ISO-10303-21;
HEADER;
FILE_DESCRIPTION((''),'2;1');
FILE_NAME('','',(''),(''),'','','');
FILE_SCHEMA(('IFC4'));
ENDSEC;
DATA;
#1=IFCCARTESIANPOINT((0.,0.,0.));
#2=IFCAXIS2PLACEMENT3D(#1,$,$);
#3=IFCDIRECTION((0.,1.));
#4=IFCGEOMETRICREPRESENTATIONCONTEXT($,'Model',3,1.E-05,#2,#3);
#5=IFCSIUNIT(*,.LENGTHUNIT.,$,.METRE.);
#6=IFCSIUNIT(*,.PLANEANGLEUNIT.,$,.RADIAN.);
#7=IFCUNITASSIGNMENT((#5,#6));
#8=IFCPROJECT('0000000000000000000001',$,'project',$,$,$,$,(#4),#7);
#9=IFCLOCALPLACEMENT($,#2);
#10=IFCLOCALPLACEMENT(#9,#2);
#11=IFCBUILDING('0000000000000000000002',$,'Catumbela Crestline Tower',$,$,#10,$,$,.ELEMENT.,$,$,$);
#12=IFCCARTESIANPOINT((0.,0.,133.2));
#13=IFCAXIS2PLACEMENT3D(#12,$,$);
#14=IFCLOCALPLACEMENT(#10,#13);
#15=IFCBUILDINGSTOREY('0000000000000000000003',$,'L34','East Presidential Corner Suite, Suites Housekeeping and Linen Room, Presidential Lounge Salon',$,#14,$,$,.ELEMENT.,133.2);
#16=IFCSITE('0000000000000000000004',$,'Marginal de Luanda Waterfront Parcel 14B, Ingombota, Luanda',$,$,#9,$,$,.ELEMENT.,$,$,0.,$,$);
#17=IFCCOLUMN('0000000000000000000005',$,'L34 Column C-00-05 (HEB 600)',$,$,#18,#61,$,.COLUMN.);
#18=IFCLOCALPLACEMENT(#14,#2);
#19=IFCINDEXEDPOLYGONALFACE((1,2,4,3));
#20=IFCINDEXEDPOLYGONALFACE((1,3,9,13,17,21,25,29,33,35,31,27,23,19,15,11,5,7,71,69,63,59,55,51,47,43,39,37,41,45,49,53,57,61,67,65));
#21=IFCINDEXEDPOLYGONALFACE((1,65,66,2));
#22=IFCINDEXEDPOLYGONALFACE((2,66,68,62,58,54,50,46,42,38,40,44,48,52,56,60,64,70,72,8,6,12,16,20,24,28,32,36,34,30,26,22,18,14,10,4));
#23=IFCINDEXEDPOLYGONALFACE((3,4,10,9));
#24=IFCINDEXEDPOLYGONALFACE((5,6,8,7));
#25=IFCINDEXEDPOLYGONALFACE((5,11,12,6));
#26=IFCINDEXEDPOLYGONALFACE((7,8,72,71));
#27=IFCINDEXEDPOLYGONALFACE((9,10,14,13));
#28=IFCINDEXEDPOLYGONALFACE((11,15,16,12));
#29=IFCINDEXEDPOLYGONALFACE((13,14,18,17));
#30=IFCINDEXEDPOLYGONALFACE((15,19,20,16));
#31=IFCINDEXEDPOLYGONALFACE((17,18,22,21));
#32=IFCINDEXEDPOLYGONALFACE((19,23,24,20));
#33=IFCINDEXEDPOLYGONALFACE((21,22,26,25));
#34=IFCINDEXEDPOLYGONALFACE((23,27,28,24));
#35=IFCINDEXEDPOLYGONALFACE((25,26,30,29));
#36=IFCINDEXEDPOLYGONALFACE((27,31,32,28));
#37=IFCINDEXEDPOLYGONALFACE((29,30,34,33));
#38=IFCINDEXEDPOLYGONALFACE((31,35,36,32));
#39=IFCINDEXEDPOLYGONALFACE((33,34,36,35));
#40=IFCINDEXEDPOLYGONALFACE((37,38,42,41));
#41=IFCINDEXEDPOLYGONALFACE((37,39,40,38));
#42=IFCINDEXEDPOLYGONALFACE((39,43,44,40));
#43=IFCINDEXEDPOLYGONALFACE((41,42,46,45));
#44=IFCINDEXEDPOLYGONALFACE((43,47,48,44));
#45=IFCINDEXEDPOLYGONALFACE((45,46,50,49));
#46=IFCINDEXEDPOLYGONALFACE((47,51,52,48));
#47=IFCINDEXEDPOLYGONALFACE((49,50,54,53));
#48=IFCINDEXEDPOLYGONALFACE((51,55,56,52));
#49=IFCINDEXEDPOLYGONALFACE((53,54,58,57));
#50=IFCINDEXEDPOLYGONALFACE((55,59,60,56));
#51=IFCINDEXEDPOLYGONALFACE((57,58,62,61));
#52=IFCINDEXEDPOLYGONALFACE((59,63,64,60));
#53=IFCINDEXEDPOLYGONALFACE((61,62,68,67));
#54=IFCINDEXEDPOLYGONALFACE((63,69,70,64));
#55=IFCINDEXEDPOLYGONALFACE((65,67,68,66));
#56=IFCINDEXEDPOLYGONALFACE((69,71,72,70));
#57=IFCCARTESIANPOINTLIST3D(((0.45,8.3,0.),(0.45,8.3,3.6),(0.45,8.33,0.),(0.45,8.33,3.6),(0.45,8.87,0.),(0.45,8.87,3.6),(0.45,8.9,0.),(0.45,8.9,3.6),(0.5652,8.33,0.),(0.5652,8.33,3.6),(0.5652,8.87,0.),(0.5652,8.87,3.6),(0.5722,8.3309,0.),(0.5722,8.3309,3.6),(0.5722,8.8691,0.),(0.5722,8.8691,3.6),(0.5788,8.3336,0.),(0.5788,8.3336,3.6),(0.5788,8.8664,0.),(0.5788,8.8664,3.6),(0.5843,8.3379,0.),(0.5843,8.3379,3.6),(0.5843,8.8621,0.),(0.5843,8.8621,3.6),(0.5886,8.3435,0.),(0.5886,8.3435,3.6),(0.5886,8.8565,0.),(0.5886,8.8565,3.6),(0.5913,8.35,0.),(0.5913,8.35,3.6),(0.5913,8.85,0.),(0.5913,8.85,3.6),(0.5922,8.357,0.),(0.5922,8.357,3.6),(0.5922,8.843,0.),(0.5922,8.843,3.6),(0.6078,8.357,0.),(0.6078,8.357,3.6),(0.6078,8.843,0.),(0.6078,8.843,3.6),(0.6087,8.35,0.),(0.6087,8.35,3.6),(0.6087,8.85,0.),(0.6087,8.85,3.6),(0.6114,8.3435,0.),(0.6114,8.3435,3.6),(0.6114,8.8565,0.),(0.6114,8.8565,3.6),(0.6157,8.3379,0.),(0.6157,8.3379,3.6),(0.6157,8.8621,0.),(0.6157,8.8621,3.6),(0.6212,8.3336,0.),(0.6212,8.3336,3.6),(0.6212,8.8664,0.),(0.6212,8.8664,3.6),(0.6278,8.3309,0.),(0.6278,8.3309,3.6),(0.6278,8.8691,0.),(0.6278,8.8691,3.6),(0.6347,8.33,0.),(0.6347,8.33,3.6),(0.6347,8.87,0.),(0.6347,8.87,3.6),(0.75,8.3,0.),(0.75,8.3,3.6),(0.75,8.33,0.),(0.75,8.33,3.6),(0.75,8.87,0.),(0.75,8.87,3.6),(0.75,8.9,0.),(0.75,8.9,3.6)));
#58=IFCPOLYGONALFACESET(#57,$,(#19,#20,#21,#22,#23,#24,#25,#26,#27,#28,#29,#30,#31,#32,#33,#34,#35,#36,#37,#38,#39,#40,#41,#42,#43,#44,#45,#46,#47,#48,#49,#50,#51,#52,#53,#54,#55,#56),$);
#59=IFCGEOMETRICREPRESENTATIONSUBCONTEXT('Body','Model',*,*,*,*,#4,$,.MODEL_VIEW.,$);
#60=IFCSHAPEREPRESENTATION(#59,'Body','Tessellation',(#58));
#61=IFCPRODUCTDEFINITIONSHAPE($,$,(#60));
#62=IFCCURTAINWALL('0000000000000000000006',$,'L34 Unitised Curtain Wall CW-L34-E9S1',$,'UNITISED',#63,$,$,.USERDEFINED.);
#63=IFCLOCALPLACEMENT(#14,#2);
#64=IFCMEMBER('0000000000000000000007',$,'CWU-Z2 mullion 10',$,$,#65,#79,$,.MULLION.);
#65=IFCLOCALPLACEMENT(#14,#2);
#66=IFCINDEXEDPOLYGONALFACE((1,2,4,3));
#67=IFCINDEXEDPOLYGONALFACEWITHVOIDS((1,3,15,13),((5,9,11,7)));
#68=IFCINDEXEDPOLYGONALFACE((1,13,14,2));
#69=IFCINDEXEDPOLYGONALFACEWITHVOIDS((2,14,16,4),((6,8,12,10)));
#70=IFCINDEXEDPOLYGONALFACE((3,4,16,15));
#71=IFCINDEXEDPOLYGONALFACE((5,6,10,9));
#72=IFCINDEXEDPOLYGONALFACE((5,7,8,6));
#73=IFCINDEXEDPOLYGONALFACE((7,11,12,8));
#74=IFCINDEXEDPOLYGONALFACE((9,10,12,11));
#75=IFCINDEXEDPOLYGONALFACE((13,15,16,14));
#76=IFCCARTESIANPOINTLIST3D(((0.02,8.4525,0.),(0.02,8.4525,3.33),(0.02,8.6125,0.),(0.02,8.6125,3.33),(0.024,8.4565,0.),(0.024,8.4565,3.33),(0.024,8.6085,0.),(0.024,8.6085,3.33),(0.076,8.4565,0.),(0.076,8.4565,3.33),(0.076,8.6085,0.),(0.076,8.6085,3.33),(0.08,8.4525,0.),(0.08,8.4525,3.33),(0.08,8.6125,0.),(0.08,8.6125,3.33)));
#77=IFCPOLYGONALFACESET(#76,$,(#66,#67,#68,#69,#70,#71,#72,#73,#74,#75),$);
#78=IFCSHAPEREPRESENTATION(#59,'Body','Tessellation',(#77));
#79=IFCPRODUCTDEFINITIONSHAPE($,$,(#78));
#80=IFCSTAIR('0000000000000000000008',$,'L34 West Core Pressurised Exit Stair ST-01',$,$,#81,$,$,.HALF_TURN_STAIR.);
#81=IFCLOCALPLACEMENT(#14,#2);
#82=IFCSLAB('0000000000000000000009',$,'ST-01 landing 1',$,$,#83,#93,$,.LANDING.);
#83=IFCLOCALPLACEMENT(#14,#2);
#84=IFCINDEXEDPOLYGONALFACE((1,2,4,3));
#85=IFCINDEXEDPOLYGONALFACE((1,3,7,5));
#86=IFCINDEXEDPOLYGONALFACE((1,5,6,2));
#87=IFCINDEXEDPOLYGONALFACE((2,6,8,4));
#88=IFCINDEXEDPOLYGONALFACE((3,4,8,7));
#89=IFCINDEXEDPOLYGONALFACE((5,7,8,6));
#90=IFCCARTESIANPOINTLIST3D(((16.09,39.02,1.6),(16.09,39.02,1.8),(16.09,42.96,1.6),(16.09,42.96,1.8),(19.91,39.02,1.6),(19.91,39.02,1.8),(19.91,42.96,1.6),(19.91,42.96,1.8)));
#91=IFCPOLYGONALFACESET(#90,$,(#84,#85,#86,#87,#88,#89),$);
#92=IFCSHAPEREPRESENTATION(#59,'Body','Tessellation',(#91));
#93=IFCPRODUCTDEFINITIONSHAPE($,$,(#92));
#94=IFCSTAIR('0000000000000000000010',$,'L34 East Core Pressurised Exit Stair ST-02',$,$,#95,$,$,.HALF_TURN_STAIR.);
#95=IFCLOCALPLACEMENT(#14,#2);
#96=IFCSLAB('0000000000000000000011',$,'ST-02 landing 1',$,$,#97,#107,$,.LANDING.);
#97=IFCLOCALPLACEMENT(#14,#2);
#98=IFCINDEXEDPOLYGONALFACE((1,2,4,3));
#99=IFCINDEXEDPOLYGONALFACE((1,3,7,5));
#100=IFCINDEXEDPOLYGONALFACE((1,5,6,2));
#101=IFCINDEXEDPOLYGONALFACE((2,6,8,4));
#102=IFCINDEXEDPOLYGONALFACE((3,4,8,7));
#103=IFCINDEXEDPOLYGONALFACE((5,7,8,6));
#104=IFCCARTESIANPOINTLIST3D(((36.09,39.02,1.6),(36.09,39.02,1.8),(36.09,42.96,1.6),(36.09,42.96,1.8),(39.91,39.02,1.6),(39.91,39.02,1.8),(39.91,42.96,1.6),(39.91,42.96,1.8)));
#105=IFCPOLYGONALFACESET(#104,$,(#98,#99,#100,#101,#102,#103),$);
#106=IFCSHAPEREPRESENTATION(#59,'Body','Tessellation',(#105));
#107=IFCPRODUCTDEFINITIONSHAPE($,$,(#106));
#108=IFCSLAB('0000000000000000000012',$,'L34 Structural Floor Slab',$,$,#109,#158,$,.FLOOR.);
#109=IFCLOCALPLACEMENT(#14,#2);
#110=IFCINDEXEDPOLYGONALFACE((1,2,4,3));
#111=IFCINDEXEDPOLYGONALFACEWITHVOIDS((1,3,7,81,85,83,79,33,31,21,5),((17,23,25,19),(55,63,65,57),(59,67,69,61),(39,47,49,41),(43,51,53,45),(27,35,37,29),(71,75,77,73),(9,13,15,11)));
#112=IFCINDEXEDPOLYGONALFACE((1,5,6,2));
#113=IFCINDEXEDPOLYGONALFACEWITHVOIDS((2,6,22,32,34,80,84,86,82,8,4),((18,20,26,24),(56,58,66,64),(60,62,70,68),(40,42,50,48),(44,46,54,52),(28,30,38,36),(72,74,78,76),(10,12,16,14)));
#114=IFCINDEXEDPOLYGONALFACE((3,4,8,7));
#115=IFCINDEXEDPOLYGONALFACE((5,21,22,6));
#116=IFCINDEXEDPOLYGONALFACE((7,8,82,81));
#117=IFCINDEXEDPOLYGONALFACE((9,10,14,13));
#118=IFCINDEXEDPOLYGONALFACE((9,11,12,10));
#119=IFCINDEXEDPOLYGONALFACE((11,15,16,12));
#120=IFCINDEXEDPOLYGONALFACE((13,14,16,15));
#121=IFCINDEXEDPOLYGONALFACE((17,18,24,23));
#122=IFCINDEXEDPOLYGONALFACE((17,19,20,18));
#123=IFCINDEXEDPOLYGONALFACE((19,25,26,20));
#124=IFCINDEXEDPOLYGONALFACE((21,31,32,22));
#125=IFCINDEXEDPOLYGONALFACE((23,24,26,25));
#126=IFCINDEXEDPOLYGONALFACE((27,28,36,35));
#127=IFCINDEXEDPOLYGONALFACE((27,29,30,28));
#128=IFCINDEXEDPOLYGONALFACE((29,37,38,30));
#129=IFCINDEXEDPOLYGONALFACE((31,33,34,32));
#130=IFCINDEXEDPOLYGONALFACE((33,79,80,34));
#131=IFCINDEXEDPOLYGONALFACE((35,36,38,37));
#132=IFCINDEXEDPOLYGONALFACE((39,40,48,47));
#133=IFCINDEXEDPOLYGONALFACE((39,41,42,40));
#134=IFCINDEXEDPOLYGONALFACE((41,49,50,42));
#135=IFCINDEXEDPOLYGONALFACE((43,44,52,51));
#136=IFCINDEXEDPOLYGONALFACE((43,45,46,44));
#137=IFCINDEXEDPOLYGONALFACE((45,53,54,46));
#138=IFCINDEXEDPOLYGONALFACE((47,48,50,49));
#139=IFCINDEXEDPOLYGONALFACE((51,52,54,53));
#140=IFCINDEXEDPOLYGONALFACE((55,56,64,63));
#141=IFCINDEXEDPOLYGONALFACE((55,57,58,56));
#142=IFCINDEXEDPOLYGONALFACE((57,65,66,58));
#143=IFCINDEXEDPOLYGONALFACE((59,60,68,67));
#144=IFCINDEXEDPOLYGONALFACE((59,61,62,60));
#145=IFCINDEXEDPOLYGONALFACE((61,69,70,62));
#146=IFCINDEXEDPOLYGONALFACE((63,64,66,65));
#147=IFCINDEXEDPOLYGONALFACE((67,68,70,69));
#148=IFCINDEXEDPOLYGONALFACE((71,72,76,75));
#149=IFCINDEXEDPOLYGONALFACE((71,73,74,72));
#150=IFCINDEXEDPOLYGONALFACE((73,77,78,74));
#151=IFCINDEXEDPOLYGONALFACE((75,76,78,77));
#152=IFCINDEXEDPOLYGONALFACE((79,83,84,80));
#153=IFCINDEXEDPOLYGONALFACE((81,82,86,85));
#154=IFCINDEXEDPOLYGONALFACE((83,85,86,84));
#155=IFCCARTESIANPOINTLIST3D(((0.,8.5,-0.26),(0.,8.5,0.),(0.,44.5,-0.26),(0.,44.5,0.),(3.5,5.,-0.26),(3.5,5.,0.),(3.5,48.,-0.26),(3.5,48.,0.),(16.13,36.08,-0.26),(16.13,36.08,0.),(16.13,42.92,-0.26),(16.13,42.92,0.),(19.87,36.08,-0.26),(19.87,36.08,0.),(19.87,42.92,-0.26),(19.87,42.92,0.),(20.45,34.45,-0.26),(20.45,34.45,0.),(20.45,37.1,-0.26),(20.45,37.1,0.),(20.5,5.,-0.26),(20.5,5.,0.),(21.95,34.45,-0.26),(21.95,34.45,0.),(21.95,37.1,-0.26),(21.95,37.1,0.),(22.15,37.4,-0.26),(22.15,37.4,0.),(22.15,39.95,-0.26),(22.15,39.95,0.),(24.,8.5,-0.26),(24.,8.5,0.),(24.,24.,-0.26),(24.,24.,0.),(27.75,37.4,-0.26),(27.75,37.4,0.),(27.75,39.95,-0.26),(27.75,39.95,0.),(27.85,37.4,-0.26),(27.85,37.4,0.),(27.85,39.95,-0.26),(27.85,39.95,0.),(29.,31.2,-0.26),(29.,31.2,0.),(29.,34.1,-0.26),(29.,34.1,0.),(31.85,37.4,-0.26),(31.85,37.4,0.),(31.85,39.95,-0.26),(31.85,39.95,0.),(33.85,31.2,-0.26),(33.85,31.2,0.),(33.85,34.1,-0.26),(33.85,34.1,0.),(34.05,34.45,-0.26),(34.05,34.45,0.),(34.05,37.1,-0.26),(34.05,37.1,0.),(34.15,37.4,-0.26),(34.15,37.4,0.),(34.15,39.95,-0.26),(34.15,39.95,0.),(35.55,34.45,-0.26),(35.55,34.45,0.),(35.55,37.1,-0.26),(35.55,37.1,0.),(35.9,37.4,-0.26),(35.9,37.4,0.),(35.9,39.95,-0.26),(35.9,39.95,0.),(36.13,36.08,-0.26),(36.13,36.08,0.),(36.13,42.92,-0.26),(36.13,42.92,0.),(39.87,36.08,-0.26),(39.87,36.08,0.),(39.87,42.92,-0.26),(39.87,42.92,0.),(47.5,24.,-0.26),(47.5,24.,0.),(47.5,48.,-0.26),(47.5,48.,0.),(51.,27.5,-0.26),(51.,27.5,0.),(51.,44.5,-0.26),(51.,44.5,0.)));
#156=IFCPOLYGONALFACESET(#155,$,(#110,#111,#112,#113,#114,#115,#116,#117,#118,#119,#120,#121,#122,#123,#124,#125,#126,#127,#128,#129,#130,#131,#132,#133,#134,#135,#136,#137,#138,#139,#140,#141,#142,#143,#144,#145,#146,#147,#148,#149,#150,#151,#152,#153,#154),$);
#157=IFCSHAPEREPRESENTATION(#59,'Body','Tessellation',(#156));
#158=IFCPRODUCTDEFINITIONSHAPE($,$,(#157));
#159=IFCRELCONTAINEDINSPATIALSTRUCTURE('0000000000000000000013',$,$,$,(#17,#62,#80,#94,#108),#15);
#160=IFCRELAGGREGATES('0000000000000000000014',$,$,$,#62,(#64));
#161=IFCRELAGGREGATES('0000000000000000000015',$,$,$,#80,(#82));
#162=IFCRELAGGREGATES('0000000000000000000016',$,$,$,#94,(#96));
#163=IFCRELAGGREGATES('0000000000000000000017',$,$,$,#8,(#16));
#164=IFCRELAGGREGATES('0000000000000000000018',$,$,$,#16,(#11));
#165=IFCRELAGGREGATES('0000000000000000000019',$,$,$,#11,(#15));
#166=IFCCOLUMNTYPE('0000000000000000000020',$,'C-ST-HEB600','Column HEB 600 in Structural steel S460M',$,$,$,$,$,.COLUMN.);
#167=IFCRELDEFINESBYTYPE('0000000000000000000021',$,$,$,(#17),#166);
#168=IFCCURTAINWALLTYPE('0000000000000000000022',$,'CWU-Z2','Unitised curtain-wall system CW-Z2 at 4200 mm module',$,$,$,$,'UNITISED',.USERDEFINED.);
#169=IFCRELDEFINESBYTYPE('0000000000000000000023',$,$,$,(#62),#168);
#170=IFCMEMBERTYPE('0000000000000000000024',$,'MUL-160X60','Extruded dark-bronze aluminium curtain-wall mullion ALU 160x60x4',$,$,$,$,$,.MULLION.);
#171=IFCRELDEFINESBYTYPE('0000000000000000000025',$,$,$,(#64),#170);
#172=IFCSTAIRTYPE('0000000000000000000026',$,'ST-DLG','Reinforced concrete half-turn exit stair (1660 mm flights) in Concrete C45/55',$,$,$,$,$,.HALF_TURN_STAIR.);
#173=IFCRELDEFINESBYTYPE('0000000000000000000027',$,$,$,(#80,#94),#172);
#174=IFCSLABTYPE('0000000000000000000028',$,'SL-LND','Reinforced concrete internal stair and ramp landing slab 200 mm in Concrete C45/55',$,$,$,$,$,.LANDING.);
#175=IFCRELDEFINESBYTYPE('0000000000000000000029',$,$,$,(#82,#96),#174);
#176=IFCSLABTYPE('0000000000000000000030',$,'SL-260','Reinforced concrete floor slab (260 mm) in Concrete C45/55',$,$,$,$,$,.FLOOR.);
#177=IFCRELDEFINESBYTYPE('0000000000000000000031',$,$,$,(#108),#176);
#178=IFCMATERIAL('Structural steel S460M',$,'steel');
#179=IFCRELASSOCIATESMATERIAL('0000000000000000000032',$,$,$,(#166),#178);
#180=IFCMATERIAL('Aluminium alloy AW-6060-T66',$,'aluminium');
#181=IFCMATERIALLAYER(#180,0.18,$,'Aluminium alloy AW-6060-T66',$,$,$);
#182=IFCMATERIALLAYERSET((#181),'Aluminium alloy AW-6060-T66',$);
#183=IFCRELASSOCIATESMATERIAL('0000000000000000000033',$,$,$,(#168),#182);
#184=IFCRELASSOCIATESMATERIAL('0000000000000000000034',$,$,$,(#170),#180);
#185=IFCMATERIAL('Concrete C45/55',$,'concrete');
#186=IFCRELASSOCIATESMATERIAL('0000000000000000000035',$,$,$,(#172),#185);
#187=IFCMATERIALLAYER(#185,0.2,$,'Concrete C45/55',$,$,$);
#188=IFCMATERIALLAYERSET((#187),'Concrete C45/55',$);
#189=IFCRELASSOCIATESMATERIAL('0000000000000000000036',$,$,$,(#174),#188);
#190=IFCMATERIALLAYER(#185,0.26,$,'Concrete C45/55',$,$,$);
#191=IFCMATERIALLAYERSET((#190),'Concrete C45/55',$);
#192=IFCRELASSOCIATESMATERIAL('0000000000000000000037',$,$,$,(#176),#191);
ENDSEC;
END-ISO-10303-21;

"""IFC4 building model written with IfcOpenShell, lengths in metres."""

from ifc_helpers import new_model, si_unit, direction, frame, origin, origin_2d, place, context, subcontext, project, spatial, polyline, hollow_rectangle, i_section, outline, extrude, material, layer, layer_set, material_profile, profile_set, type_object, element, aggregate, save


model = new_model("IFC4")

# Units and contexts
model_context = context("Model", 3, precision=1e-05, world=origin(), true_north=direction((0.0, 1.0)))
body_context = subcontext(model_context, "Body", "Model", "MODEL_VIEW")
ifc_project = project(units=[si_unit("LENGTHUNIT", "METRE"), si_unit("PLANEANGLEUNIT", "RADIAN")], contexts=[model_context])

# Site, building, storey
site_placement = place(None, origin())
site = spatial("IfcSite", under=ifc_project, at=site_placement, Name="Marginal de Luanda Waterfront Parcel 14B, Ingombota, Luanda", CompositionType="ELEMENT", RefElevation=0.0)
building_placement = place(site_placement, origin())
building = spatial("IfcBuilding", under=site, at=building_placement, Name="Catumbela Crestline Tower", CompositionType="ELEMENT")
storey_placement = place(building_placement, frame((0.0, 0.0, 133.2)))
storey = spatial("IfcBuildingStorey", under=building, at=storey_placement, Name="L34", Description="East Presidential Corner Suite, Suites Housekeeping and Linen Room, Presidential Lounge Salon", CompositionType="ELEMENT", Elevation=133.2)

# Column
ifc_material_1 = material(Name="Structural steel S460M", Category="steel")
ifc_material_profile_1 = material_profile(ifc_material_1, i_section(OverallWidth=0.3, OverallDepth=0.6, WebThickness=0.0155, FlangeThickness=0.03, FilletRadius=0.027, at=origin_2d()), Name="HEB 600")
ifc_profile_set_1 = profile_set([ifc_material_profile_1], Name="Structural steel S460M")
column_type = type_object("IfcColumnType", Name="C-ST-HEB600", Description="Column HEB 600 in Structural steel S460M", PredefinedType="COLUMN", material=ifc_profile_set_1)
column_placement = place(storey_placement, frame((0.6, 8.6, 0.0), z_axis=(0.0, 0.0, 1.0), x_axis=(1.0, 0.0, 0.0)))
element("IfcColumn", 1, at=column_placement, inside=storey, type_object=column_type, Name="L34 Column C-00-05 (HEB 600)", PredefinedType="COLUMN", context=body_context, shape_type="SweptSolid", body=[
    extrude(i_section(OverallWidth=0.3, OverallDepth=0.6, WebThickness=0.0155, FlangeThickness=0.03, FilletRadius=0.027, at=origin_2d()), origin(), (0.0, 0.0, 1.0), 3.6),
])

# Curtain wall, member
ifc_material_2 = material(Name="Aluminium alloy AW-6060-T66", Category="aluminium")
ifc_layer_1 = layer(ifc_material_2, 0.18, Name="Aluminium alloy AW-6060-T66")
ifc_layer_set_1 = layer_set([ifc_layer_1], Name="Aluminium alloy AW-6060-T66")
curtain_wall_type = type_object("IfcCurtainWallType", Name="CWU-Z2", Description="Unitised curtain-wall system CW-Z2 at 4200 mm module", ElementType="UNITISED", PredefinedType="USERDEFINED", material=ifc_layer_set_1)
curtain_wall_placement = place(storey_placement, origin())
curtain_wall = element("IfcCurtainWall", 2, at=curtain_wall_placement, inside=storey, type_object=curtain_wall_type, Name="L34 Unitised Curtain Wall CW-L34-E9S1", ObjectType="UNITISED", PredefinedType="USERDEFINED")
ifc_material_profile_2 = material_profile(ifc_material_2, hollow_rectangle(XDim=0.06, YDim=0.16, WallThickness=0.004, at=origin_2d()), Name="ALU 160x60x4")
ifc_profile_set_2 = profile_set([ifc_material_profile_2], Name="Aluminium alloy AW-6060-T66")
member_type = type_object("IfcMemberType", Name="MUL-160X60", Description="Extruded dark-bronze aluminium curtain-wall mullion ALU 160x60x4", PredefinedType="MULLION", material=ifc_profile_set_2)
member_placement = place(storey_placement, frame((0.05, 8.5325, 0.0), z_axis=(0.0, 0.0, 1.0), x_axis=(1.0, 0.0, 0.0)))
member = element("IfcMember", 3, at=member_placement, type_object=member_type, Name="CWU-Z2 mullion 10", PredefinedType="MULLION", context=body_context, shape_type="SweptSolid", body=[
    extrude(hollow_rectangle(XDim=0.06, YDim=0.16, WallThickness=0.004, at=origin_2d()), origin(), (0.0, 0.0, 1.0), 3.33),
])
aggregate(curtain_wall, [member])

# Stairs, slabs
ifc_material_3 = material(Name="Concrete C45/55", Category="concrete")
stair_type = type_object("IfcStairType", Name="ST-DLG", Description="Reinforced concrete half-turn exit stair (1660 mm flights) in Concrete C45/55", PredefinedType="HALF_TURN_STAIR", material=ifc_material_3)
stair_1_placement = place(storey_placement, origin())
stair_1 = element("IfcStair", 4, at=stair_1_placement, inside=storey, type_object=stair_type, Name="L34 West Core Pressurised Exit Stair ST-01", PredefinedType="HALF_TURN_STAIR")
ifc_layer_2 = layer(ifc_material_3, 0.2, Name="Concrete C45/55")
ifc_layer_set_2 = layer_set([ifc_layer_2], Name="Concrete C45/55")
slab_type_1 = type_object("IfcSlabType", Name="SL-LND", Description="Reinforced concrete internal stair and ramp landing slab 200 mm in Concrete C45/55", PredefinedType="LANDING", material=ifc_layer_set_2)
slab_1_placement = place(storey_placement, frame((0.0, 0.0, 1.6)))
slab_1 = element("IfcSlab", 5, at=slab_1_placement, type_object=slab_type_1, Name="ST-01 landing 1", PredefinedType="LANDING", context=body_context, shape_type="SweptSolid", body=[
    extrude(outline(polyline([(19.91, 39.02), (19.91, 42.96), (16.09, 42.96), (16.09, 39.02), (19.91, 39.02)])), origin(), (0.0, 0.0, 1.0), 0.2),
])
aggregate(stair_1, [slab_1])
stair_2_placement = place(storey_placement, origin())
stair_2 = element("IfcStair", 6, at=stair_2_placement, inside=storey, type_object=stair_type, Name="L34 East Core Pressurised Exit Stair ST-02", PredefinedType="HALF_TURN_STAIR")
slab_2_placement = place(storey_placement, frame((0.0, 0.0, 1.6)))
slab_2 = element("IfcSlab", 7, at=slab_2_placement, type_object=slab_type_1, Name="ST-02 landing 1", PredefinedType="LANDING", context=body_context, shape_type="SweptSolid", body=[
    extrude(outline(polyline([(39.91, 39.02), (39.91, 42.96), (36.09, 42.96), (36.09, 39.02), (39.91, 39.02)])), origin(), (0.0, 0.0, 1.0), 0.2),
])
aggregate(stair_2, [slab_2])

# Slab
ifc_layer_3 = layer(ifc_material_3, 0.26, Name="Concrete C45/55")
ifc_layer_set_3 = layer_set([ifc_layer_3], Name="Concrete C45/55")
slab_type_2 = type_object("IfcSlabType", Name="SL-260", Description="Reinforced concrete floor slab (260 mm) in Concrete C45/55", PredefinedType="FLOOR", material=ifc_layer_set_3)
slab_3_placement = place(storey_placement, frame((0.0, 0.0, -0.26)))
element("IfcSlab", 8, at=slab_3_placement, inside=storey, type_object=slab_type_2, Name="L34 Structural Floor Slab", PredefinedType="FLOOR", context=body_context, shape_type="SweptSolid", body=[
    extrude(outline(polyline([(3.5, 5.0), (20.5, 5.0), (24.0, 8.5), (24.0, 24.0), (47.5, 24.0), (51.0, 27.5), (51.0, 44.5), (47.5, 48.0), (3.5, 48.0), (0.0, 44.5), (0.0, 8.5), (3.5, 5.0)]), holes=[polyline([(16.13, 36.08), (19.87, 36.08), (19.87, 42.92), (16.13, 42.92), (16.13, 36.08)]), polyline([(36.13, 36.08), (39.87, 36.08), (39.87, 42.92), (36.13, 42.92), (36.13, 36.08)]), polyline([(29.0, 31.2), (33.85, 31.2), (33.85, 34.1), (29.0, 34.1), (29.0, 31.2)]), polyline([(22.15, 37.4), (27.75, 37.4), (27.75, 39.95), (22.15, 39.95), (22.15, 37.4)]), polyline([(27.85, 37.4), (31.85, 37.4), (31.85, 39.95), (27.85, 39.95), (27.85, 37.4)]), polyline([(20.45, 34.45), (21.95, 34.45), (21.95, 37.1), (20.45, 37.1), (20.45, 34.45)]), polyline([(34.05, 34.45), (35.55, 34.45), (35.55, 37.1), (34.05, 37.1), (34.05, 34.45)]), polyline([(34.15, 37.4), (35.9, 37.4), (35.9, 39.95), (34.15, 39.95), (34.15, 37.4)])]), origin(), (0.0, 0.0, 1.0), 0.26),
])

save(model, "model.ifc")
